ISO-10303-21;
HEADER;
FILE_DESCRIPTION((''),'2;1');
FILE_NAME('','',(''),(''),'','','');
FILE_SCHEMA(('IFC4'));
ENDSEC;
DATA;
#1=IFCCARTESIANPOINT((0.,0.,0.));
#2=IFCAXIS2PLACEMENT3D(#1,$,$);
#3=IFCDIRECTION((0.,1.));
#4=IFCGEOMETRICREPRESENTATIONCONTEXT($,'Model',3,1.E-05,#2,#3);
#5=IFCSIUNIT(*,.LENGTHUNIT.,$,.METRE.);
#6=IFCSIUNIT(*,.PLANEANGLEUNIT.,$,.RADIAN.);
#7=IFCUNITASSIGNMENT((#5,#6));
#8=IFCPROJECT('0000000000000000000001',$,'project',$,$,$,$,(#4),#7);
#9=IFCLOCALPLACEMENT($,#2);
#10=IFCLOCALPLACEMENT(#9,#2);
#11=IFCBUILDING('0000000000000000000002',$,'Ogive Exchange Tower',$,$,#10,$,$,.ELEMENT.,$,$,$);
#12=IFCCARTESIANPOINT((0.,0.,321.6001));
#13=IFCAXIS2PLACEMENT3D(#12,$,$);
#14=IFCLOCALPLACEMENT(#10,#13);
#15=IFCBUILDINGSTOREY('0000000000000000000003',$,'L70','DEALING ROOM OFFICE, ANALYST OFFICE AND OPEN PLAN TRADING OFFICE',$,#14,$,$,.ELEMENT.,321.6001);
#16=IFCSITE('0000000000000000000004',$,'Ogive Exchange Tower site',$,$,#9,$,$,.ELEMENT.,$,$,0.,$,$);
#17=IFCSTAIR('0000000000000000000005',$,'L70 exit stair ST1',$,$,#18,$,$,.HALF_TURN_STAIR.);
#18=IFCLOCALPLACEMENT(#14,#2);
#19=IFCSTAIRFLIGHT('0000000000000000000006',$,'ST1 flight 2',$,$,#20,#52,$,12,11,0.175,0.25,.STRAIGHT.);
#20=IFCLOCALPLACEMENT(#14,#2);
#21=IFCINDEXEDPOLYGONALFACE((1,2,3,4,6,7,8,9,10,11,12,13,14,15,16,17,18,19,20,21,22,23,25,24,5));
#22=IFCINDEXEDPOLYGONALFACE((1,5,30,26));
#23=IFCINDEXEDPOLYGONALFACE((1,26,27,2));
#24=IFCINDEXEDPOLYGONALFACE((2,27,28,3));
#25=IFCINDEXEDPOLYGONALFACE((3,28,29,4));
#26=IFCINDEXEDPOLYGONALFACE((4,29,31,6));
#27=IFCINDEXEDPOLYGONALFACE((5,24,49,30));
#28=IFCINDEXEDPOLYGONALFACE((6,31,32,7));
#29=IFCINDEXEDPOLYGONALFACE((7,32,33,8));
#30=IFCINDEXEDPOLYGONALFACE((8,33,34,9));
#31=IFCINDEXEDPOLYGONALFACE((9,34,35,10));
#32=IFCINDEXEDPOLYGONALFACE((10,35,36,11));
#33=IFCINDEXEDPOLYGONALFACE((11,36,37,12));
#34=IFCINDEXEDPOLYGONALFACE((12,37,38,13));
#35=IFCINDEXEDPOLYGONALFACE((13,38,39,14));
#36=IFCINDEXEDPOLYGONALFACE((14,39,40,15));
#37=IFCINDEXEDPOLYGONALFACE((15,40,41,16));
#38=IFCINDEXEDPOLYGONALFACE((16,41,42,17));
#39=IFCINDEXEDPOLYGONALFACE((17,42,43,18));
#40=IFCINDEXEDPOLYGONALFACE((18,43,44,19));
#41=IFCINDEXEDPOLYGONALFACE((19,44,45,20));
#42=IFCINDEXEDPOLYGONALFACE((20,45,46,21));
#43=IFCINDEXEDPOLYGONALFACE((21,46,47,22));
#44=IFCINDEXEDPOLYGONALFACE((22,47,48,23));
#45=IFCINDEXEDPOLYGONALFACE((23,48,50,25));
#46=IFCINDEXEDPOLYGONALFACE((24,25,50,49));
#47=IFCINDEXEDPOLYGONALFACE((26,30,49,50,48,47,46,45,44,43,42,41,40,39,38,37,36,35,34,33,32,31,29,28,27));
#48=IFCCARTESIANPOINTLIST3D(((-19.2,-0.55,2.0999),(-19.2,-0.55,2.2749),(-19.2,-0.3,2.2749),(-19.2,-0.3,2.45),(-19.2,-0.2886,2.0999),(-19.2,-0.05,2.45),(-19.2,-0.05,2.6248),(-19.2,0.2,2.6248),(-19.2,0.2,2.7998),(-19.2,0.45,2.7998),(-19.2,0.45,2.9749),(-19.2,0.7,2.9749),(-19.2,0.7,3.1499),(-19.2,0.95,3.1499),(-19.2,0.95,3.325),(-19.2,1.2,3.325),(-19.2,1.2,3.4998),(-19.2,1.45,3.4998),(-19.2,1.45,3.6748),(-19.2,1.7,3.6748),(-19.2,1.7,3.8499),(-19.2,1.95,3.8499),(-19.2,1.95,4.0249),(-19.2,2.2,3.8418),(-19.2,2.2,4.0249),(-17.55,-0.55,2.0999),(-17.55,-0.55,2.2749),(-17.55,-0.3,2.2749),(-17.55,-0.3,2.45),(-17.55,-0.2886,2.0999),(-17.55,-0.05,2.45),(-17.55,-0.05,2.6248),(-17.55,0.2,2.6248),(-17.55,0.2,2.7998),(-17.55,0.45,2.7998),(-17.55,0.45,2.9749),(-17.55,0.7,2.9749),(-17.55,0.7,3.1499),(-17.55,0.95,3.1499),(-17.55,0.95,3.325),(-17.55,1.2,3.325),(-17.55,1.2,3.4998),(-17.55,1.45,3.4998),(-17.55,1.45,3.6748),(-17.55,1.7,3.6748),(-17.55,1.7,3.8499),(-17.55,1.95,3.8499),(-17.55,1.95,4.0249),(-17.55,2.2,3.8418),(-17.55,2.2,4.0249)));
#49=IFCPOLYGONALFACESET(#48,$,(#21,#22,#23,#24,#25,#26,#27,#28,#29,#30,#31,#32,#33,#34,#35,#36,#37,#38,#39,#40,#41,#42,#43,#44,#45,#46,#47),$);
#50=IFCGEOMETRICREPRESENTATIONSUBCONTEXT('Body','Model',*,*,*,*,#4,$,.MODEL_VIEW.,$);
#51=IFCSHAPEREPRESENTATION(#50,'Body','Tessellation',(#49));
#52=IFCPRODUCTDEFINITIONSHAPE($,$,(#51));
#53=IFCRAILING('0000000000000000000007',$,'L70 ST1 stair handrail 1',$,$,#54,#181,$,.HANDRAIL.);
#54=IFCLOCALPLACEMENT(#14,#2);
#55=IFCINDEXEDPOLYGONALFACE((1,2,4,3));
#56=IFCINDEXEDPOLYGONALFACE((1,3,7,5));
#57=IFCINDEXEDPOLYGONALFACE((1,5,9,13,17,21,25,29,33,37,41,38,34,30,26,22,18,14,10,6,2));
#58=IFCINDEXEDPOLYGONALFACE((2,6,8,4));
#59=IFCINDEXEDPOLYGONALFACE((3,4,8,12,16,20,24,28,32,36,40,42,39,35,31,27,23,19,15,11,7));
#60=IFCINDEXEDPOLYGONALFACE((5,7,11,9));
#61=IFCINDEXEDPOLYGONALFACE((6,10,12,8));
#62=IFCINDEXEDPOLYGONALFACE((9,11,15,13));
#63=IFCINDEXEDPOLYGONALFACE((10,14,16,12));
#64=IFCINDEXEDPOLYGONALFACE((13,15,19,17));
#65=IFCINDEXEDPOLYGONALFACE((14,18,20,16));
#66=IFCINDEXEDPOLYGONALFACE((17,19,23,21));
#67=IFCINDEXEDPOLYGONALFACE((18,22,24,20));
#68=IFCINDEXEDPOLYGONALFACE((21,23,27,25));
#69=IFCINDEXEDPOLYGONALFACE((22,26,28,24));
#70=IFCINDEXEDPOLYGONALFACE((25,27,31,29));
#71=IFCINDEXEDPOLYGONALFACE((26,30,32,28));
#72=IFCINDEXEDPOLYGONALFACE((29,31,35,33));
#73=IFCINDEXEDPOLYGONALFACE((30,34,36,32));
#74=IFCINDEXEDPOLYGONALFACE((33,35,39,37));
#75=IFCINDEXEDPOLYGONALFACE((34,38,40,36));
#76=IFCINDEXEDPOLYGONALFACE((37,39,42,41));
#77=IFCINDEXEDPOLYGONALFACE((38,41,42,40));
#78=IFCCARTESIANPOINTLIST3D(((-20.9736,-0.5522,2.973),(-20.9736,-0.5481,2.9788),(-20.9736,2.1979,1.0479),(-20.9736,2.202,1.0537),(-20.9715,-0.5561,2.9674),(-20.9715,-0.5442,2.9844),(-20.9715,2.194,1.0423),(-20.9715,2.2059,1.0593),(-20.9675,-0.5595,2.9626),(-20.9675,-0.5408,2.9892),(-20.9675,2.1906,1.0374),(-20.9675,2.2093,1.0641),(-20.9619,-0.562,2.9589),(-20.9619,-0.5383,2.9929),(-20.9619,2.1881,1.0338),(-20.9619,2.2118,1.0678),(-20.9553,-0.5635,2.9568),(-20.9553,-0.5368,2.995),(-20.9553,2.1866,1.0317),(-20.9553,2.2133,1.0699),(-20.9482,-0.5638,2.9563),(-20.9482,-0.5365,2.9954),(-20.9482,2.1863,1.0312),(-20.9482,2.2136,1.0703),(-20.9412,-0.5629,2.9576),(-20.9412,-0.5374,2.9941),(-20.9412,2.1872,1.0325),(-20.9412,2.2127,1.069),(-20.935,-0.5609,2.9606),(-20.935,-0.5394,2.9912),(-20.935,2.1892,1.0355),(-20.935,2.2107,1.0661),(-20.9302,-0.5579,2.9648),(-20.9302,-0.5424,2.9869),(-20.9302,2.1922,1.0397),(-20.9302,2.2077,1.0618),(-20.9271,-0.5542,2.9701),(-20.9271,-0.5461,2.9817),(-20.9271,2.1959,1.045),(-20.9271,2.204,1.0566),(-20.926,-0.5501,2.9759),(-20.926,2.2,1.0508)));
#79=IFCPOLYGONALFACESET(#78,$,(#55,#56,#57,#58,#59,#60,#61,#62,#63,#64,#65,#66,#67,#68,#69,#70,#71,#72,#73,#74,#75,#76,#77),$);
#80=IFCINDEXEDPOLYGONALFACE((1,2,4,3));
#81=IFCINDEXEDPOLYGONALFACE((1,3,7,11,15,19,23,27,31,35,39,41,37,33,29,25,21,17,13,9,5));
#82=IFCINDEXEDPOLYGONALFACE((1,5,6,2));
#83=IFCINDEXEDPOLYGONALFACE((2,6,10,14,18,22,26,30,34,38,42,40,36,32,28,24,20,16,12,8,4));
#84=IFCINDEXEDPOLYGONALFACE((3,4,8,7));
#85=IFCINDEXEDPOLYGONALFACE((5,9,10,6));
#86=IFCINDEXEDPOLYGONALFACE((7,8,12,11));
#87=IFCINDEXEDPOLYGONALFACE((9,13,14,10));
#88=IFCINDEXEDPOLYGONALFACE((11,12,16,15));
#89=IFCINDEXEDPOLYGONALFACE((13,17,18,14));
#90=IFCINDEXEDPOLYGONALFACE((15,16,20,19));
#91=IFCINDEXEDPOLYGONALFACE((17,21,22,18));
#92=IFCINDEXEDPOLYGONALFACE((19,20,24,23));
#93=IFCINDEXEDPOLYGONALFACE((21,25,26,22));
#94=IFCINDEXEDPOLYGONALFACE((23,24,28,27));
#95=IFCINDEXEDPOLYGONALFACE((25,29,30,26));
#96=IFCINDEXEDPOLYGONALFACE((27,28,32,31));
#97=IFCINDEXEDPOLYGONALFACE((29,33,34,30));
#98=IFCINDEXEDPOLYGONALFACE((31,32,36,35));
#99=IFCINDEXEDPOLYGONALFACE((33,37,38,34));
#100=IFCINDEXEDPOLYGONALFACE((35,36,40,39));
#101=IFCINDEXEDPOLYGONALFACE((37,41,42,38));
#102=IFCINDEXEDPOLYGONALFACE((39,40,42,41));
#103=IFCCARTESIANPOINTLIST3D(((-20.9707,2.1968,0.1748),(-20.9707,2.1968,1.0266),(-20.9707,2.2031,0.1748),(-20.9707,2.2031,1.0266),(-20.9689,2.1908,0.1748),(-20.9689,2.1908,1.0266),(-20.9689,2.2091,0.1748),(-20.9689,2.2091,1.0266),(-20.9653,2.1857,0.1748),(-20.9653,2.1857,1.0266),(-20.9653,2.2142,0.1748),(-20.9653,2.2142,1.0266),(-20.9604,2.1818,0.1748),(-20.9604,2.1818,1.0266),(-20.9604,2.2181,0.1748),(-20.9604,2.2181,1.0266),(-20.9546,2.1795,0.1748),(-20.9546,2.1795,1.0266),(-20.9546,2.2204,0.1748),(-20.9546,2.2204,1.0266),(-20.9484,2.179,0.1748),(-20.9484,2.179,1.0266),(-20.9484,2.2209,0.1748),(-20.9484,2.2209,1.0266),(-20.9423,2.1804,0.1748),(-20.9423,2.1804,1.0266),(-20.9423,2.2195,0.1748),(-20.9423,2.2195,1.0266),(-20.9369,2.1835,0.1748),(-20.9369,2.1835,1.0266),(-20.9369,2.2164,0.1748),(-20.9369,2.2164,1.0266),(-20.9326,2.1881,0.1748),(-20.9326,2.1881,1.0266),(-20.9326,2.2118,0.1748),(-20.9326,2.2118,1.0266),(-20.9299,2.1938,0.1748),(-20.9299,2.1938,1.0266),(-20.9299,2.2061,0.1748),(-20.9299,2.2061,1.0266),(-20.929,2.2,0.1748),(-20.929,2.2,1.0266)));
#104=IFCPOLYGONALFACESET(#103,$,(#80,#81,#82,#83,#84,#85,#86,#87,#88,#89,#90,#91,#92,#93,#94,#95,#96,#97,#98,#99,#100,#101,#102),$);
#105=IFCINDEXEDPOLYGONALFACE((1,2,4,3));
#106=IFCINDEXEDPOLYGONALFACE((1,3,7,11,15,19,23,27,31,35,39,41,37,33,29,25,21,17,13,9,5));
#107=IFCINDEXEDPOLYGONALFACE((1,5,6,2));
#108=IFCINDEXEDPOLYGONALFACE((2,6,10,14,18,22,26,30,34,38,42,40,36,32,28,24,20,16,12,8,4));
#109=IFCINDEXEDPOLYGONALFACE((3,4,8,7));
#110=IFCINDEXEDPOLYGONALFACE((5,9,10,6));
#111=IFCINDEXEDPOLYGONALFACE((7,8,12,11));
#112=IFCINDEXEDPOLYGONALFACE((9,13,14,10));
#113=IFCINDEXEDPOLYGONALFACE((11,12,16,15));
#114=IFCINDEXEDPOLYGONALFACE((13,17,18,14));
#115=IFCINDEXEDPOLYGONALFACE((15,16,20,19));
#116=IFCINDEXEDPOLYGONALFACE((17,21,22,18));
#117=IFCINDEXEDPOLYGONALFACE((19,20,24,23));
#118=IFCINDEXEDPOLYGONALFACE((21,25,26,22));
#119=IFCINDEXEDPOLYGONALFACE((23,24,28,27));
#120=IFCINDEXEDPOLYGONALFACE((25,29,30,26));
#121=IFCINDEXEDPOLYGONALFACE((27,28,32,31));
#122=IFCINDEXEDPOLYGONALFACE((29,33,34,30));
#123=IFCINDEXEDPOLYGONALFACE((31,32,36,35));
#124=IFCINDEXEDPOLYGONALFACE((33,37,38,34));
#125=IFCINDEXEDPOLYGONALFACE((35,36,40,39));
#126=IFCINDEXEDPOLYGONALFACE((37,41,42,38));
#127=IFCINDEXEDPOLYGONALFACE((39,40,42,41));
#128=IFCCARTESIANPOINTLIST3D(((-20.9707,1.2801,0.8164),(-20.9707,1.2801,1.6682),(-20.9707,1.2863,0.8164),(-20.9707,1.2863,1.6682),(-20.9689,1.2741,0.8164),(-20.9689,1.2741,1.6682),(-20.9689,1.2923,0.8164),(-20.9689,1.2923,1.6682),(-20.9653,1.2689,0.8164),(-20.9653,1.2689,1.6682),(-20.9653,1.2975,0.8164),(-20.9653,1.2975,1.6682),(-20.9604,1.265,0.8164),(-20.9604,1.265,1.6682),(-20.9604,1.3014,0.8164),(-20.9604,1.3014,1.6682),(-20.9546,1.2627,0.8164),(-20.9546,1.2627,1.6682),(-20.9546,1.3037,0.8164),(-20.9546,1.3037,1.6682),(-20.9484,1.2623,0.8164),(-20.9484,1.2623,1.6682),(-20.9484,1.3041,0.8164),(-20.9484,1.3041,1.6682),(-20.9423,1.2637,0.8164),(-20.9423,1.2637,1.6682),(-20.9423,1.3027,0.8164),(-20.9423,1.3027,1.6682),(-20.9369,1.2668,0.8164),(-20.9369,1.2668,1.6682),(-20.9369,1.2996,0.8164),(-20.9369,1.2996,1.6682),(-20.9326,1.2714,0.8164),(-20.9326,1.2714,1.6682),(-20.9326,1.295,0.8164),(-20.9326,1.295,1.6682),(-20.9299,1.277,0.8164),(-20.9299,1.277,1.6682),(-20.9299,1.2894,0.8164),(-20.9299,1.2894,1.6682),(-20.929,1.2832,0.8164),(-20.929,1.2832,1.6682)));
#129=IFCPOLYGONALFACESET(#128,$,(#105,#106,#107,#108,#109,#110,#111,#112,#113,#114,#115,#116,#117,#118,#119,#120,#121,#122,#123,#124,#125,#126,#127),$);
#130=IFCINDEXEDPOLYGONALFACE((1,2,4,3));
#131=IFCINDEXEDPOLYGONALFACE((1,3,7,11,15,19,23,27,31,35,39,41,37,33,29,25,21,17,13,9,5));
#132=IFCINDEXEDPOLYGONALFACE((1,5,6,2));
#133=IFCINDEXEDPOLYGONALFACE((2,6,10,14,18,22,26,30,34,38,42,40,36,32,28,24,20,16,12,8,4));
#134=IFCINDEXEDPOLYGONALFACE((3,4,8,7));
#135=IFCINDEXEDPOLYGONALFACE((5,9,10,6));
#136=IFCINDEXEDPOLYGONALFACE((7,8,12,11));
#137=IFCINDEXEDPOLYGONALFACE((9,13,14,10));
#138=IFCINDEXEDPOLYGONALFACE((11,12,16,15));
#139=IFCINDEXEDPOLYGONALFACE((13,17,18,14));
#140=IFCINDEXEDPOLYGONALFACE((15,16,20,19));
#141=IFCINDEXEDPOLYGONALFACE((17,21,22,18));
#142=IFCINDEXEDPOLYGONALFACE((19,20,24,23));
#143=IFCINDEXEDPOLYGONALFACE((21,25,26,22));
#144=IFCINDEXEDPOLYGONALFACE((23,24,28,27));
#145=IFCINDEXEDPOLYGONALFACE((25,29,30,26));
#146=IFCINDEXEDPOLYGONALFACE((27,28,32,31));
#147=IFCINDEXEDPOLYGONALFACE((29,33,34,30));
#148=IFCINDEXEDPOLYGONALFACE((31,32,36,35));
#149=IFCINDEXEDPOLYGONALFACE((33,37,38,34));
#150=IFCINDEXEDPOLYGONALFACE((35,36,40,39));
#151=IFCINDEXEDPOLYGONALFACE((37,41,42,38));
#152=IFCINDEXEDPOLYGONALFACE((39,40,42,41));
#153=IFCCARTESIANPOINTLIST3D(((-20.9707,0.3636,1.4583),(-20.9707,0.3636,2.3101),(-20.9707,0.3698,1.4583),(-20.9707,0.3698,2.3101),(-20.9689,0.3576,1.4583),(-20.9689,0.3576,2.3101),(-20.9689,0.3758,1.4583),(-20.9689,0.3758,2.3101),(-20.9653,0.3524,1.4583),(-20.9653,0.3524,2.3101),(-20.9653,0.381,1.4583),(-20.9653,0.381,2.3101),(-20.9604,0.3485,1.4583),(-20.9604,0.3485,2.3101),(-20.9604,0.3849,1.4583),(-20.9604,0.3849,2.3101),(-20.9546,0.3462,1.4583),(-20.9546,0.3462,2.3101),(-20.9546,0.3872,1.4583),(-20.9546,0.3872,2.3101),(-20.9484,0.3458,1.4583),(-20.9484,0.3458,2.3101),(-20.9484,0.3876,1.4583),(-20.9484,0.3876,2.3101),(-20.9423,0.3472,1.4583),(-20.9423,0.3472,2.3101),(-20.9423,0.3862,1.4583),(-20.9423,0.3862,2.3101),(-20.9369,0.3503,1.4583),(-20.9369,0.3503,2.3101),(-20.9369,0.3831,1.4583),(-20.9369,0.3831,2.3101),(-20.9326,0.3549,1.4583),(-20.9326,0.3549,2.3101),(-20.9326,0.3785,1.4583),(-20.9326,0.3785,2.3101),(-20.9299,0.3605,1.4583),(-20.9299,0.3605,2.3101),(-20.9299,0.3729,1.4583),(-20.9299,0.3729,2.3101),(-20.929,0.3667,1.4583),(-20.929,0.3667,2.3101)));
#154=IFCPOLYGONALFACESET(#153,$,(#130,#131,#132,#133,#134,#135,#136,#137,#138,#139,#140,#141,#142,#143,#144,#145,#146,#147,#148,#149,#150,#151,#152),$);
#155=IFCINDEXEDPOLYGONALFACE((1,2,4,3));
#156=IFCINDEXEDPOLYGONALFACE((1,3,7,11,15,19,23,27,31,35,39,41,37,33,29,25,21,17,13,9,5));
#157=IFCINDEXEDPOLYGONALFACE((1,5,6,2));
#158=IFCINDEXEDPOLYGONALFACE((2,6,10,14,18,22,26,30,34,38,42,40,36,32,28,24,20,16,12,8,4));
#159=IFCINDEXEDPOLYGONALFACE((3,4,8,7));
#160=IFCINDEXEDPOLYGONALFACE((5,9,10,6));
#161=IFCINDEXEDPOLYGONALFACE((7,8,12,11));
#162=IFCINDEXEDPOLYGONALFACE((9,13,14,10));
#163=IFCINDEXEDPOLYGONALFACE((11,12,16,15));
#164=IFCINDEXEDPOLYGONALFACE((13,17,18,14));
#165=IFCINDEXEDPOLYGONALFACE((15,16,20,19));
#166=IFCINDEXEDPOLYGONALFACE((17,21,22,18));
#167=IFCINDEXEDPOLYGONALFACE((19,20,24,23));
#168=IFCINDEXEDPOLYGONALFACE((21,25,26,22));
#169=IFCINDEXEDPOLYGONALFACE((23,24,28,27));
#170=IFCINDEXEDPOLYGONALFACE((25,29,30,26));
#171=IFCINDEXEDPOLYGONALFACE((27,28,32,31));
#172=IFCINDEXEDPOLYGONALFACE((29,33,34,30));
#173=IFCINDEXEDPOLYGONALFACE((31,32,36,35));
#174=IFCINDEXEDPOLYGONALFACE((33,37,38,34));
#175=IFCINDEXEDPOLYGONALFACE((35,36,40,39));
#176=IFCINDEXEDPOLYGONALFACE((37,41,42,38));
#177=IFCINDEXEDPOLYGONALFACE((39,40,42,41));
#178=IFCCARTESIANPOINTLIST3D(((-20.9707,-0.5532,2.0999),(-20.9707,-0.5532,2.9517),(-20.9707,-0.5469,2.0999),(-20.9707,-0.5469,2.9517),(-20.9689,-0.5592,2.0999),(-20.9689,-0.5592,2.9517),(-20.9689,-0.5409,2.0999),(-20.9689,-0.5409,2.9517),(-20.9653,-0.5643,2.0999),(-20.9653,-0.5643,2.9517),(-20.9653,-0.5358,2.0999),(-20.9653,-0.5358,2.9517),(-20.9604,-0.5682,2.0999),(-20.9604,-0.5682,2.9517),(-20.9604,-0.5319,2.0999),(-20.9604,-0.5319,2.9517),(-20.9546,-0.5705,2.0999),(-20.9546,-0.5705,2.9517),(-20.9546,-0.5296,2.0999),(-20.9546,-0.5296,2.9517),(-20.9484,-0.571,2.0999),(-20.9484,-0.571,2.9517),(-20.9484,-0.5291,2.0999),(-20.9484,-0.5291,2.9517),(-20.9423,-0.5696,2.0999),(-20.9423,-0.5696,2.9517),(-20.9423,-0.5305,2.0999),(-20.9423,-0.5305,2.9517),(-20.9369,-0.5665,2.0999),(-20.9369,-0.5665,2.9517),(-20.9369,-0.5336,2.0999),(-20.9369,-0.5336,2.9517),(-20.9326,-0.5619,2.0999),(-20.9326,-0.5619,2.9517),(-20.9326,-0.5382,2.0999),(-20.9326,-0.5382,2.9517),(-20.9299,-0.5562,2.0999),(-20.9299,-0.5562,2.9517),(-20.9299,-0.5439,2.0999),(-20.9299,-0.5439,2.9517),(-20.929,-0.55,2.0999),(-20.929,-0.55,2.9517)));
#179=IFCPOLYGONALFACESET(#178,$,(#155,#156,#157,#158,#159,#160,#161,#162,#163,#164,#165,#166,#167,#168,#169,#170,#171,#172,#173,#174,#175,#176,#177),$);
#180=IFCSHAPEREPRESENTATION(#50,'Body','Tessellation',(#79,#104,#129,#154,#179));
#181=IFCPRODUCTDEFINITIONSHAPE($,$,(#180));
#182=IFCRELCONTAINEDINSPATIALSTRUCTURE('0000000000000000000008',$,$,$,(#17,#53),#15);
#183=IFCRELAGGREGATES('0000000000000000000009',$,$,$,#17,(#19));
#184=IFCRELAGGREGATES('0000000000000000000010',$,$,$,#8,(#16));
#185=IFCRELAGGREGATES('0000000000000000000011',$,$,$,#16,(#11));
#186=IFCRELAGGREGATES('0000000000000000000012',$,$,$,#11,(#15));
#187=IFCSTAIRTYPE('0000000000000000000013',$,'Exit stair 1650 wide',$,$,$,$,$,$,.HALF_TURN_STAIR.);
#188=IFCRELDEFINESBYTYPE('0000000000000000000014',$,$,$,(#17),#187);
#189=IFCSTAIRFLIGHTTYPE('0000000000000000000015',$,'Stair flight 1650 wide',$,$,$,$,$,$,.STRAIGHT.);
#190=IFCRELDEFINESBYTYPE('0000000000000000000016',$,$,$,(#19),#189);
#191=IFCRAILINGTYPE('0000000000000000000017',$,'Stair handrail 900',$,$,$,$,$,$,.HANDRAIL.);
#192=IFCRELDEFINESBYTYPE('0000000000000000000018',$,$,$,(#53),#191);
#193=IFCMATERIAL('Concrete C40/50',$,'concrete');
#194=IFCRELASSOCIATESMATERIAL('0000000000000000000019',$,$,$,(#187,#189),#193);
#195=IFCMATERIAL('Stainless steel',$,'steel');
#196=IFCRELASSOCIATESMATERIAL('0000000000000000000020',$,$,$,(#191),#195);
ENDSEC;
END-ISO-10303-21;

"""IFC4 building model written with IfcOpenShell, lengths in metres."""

from ifc_helpers import new_model, si_unit, direction, frame, origin, origin_2d, place, context, subcontext, project, spatial, polyline, circle, outline, extrude, material, type_object, element, aggregate, save


model = new_model("IFC4")

# Units and contexts
model_context = context("Model", 3, precision=1e-05, world=origin(), true_north=direction((0.0, 1.0)))
body_context = subcontext(model_context, "Body", "Model", "MODEL_VIEW")
ifc_project = project(units=[si_unit("LENGTHUNIT", "METRE"), si_unit("PLANEANGLEUNIT", "RADIAN")], contexts=[model_context])

# Site, building, storey
site_placement = place(None, origin())
site = spatial("IfcSite", under=ifc_project, at=site_placement, Name="Ogive Exchange Tower site", CompositionType="ELEMENT", RefElevation=0.0)
building_placement = place(site_placement, origin())
building = spatial("IfcBuilding", under=site, at=building_placement, Name="Ogive Exchange Tower", CompositionType="ELEMENT")
storey_placement = place(building_placement, frame((0.0, 0.0, 321.6001)))
storey = spatial("IfcBuildingStorey", under=building, at=storey_placement, Name="L70", Description="DEALING ROOM OFFICE, ANALYST OFFICE AND OPEN PLAN TRADING OFFICE", CompositionType="ELEMENT", Elevation=321.6001)

# Shared definitions
ifc_material_1 = material(Name="Stainless steel", Category="steel")

# Stair, stair flight
ifc_material_2 = material(Name="Concrete C40/50", Category="concrete")
stair_type = type_object("IfcStairType", Name="Exit stair 1650 wide", PredefinedType="HALF_TURN_STAIR", material=ifc_material_2)
stair_placement = place(storey_placement, origin())
stair = element("IfcStair", 1, at=stair_placement, inside=storey, type_object=stair_type, Name="L70 exit stair ST1", PredefinedType="HALF_TURN_STAIR")
stair_flight_type = type_object("IfcStairFlightType", Name="Stair flight 1650 wide", PredefinedType="STRAIGHT", material=ifc_material_2)
stair_flight_1_placement = place(storey_placement, frame((-18.375, -0.55, 2.0999), z_axis=(0.0, 0.0, 1.0), x_axis=(0.0, 1.0, 0.0)))
stair_flight_1 = element("IfcStairFlight", 2, at=stair_flight_1_placement, type_object=stair_flight_type, Name="ST1 flight 2", NumberOfRisers=12, NumberOfTreads=11, PredefinedType="STRAIGHT", RiserHeight=0.175, TreadLength=0.25, context=body_context, shape_type="SweptSolid", body=[
    extrude(outline(polyline([(0.0, 0.0), (0.0, 0.175), (0.25, 0.175), (0.25, 0.3501), (0.5, 0.3501), (0.5, 0.5249), (0.75, 0.5249), (0.75, 0.7), (1.0, 0.7), (1.0, 0.875), (1.25, 0.875), (1.25, 1.05), (1.5, 1.05), (1.5, 1.2251), (1.75, 1.2251), (1.75, 1.3999), (2.0, 1.3999), (2.0, 1.575), (2.25, 1.575), (2.25, 1.75), (2.5, 1.75), (2.5, 1.925), (2.75, 1.925), (2.75, 2.1001), (2.75, 1.7419), (0.2615, 0.0), (0.0, 0.0)])), frame((0.0, 0.825, 0.0), z_axis=(0.0, -1.0, 0.0), x_axis=(1.0, 0.0, 0.0)), (0.0, 0.0, 1.0), 1.6499),
])
aggregate(stair, [stair_flight_1])

# Railing
railing_type = type_object("IfcRailingType", Name="Stair handrail 900", PredefinedType="HANDRAIL", material=ifc_material_1)
railing_placement = place(storey_placement, frame((-20.95, 2.2, 0.1748)))
element("IfcRailing", 3, at=railing_placement, inside=storey, type_object=railing_type, Name="L70 ST1 stair handrail 1", PredefinedType="HANDRAIL", context=body_context, shape_type="SweptSolid", body=[
    extrude(circle(Radius=0.0239, at=origin_2d()), frame((0.0, 0.0, 0.876), z_axis=(0.0, -0.819225, 0.573472), x_axis=(1.0, 0.0, 0.0)), (0.0, 0.0, 1.0), 3.3569),
    extrude(circle(Radius=0.021, at=origin_2d()), origin(), (0.0, 0.0, 1.0), 0.8518),
    extrude(circle(Radius=0.021, at=origin_2d()), frame((0.0, -0.9167, 0.6416)), (0.0, 0.0, 1.0), 0.8518),
    extrude(circle(Radius=0.021, at=origin_2d()), frame((0.0, -1.8333, 1.2834)), (0.0, 0.0, 1.0), 0.8518),
    extrude(circle(Radius=0.021, at=origin_2d()), frame((0.0, -2.75, 1.925)), (0.0, 0.0, 1.0), 0.8518),
])

save(model, "model.ifc")
